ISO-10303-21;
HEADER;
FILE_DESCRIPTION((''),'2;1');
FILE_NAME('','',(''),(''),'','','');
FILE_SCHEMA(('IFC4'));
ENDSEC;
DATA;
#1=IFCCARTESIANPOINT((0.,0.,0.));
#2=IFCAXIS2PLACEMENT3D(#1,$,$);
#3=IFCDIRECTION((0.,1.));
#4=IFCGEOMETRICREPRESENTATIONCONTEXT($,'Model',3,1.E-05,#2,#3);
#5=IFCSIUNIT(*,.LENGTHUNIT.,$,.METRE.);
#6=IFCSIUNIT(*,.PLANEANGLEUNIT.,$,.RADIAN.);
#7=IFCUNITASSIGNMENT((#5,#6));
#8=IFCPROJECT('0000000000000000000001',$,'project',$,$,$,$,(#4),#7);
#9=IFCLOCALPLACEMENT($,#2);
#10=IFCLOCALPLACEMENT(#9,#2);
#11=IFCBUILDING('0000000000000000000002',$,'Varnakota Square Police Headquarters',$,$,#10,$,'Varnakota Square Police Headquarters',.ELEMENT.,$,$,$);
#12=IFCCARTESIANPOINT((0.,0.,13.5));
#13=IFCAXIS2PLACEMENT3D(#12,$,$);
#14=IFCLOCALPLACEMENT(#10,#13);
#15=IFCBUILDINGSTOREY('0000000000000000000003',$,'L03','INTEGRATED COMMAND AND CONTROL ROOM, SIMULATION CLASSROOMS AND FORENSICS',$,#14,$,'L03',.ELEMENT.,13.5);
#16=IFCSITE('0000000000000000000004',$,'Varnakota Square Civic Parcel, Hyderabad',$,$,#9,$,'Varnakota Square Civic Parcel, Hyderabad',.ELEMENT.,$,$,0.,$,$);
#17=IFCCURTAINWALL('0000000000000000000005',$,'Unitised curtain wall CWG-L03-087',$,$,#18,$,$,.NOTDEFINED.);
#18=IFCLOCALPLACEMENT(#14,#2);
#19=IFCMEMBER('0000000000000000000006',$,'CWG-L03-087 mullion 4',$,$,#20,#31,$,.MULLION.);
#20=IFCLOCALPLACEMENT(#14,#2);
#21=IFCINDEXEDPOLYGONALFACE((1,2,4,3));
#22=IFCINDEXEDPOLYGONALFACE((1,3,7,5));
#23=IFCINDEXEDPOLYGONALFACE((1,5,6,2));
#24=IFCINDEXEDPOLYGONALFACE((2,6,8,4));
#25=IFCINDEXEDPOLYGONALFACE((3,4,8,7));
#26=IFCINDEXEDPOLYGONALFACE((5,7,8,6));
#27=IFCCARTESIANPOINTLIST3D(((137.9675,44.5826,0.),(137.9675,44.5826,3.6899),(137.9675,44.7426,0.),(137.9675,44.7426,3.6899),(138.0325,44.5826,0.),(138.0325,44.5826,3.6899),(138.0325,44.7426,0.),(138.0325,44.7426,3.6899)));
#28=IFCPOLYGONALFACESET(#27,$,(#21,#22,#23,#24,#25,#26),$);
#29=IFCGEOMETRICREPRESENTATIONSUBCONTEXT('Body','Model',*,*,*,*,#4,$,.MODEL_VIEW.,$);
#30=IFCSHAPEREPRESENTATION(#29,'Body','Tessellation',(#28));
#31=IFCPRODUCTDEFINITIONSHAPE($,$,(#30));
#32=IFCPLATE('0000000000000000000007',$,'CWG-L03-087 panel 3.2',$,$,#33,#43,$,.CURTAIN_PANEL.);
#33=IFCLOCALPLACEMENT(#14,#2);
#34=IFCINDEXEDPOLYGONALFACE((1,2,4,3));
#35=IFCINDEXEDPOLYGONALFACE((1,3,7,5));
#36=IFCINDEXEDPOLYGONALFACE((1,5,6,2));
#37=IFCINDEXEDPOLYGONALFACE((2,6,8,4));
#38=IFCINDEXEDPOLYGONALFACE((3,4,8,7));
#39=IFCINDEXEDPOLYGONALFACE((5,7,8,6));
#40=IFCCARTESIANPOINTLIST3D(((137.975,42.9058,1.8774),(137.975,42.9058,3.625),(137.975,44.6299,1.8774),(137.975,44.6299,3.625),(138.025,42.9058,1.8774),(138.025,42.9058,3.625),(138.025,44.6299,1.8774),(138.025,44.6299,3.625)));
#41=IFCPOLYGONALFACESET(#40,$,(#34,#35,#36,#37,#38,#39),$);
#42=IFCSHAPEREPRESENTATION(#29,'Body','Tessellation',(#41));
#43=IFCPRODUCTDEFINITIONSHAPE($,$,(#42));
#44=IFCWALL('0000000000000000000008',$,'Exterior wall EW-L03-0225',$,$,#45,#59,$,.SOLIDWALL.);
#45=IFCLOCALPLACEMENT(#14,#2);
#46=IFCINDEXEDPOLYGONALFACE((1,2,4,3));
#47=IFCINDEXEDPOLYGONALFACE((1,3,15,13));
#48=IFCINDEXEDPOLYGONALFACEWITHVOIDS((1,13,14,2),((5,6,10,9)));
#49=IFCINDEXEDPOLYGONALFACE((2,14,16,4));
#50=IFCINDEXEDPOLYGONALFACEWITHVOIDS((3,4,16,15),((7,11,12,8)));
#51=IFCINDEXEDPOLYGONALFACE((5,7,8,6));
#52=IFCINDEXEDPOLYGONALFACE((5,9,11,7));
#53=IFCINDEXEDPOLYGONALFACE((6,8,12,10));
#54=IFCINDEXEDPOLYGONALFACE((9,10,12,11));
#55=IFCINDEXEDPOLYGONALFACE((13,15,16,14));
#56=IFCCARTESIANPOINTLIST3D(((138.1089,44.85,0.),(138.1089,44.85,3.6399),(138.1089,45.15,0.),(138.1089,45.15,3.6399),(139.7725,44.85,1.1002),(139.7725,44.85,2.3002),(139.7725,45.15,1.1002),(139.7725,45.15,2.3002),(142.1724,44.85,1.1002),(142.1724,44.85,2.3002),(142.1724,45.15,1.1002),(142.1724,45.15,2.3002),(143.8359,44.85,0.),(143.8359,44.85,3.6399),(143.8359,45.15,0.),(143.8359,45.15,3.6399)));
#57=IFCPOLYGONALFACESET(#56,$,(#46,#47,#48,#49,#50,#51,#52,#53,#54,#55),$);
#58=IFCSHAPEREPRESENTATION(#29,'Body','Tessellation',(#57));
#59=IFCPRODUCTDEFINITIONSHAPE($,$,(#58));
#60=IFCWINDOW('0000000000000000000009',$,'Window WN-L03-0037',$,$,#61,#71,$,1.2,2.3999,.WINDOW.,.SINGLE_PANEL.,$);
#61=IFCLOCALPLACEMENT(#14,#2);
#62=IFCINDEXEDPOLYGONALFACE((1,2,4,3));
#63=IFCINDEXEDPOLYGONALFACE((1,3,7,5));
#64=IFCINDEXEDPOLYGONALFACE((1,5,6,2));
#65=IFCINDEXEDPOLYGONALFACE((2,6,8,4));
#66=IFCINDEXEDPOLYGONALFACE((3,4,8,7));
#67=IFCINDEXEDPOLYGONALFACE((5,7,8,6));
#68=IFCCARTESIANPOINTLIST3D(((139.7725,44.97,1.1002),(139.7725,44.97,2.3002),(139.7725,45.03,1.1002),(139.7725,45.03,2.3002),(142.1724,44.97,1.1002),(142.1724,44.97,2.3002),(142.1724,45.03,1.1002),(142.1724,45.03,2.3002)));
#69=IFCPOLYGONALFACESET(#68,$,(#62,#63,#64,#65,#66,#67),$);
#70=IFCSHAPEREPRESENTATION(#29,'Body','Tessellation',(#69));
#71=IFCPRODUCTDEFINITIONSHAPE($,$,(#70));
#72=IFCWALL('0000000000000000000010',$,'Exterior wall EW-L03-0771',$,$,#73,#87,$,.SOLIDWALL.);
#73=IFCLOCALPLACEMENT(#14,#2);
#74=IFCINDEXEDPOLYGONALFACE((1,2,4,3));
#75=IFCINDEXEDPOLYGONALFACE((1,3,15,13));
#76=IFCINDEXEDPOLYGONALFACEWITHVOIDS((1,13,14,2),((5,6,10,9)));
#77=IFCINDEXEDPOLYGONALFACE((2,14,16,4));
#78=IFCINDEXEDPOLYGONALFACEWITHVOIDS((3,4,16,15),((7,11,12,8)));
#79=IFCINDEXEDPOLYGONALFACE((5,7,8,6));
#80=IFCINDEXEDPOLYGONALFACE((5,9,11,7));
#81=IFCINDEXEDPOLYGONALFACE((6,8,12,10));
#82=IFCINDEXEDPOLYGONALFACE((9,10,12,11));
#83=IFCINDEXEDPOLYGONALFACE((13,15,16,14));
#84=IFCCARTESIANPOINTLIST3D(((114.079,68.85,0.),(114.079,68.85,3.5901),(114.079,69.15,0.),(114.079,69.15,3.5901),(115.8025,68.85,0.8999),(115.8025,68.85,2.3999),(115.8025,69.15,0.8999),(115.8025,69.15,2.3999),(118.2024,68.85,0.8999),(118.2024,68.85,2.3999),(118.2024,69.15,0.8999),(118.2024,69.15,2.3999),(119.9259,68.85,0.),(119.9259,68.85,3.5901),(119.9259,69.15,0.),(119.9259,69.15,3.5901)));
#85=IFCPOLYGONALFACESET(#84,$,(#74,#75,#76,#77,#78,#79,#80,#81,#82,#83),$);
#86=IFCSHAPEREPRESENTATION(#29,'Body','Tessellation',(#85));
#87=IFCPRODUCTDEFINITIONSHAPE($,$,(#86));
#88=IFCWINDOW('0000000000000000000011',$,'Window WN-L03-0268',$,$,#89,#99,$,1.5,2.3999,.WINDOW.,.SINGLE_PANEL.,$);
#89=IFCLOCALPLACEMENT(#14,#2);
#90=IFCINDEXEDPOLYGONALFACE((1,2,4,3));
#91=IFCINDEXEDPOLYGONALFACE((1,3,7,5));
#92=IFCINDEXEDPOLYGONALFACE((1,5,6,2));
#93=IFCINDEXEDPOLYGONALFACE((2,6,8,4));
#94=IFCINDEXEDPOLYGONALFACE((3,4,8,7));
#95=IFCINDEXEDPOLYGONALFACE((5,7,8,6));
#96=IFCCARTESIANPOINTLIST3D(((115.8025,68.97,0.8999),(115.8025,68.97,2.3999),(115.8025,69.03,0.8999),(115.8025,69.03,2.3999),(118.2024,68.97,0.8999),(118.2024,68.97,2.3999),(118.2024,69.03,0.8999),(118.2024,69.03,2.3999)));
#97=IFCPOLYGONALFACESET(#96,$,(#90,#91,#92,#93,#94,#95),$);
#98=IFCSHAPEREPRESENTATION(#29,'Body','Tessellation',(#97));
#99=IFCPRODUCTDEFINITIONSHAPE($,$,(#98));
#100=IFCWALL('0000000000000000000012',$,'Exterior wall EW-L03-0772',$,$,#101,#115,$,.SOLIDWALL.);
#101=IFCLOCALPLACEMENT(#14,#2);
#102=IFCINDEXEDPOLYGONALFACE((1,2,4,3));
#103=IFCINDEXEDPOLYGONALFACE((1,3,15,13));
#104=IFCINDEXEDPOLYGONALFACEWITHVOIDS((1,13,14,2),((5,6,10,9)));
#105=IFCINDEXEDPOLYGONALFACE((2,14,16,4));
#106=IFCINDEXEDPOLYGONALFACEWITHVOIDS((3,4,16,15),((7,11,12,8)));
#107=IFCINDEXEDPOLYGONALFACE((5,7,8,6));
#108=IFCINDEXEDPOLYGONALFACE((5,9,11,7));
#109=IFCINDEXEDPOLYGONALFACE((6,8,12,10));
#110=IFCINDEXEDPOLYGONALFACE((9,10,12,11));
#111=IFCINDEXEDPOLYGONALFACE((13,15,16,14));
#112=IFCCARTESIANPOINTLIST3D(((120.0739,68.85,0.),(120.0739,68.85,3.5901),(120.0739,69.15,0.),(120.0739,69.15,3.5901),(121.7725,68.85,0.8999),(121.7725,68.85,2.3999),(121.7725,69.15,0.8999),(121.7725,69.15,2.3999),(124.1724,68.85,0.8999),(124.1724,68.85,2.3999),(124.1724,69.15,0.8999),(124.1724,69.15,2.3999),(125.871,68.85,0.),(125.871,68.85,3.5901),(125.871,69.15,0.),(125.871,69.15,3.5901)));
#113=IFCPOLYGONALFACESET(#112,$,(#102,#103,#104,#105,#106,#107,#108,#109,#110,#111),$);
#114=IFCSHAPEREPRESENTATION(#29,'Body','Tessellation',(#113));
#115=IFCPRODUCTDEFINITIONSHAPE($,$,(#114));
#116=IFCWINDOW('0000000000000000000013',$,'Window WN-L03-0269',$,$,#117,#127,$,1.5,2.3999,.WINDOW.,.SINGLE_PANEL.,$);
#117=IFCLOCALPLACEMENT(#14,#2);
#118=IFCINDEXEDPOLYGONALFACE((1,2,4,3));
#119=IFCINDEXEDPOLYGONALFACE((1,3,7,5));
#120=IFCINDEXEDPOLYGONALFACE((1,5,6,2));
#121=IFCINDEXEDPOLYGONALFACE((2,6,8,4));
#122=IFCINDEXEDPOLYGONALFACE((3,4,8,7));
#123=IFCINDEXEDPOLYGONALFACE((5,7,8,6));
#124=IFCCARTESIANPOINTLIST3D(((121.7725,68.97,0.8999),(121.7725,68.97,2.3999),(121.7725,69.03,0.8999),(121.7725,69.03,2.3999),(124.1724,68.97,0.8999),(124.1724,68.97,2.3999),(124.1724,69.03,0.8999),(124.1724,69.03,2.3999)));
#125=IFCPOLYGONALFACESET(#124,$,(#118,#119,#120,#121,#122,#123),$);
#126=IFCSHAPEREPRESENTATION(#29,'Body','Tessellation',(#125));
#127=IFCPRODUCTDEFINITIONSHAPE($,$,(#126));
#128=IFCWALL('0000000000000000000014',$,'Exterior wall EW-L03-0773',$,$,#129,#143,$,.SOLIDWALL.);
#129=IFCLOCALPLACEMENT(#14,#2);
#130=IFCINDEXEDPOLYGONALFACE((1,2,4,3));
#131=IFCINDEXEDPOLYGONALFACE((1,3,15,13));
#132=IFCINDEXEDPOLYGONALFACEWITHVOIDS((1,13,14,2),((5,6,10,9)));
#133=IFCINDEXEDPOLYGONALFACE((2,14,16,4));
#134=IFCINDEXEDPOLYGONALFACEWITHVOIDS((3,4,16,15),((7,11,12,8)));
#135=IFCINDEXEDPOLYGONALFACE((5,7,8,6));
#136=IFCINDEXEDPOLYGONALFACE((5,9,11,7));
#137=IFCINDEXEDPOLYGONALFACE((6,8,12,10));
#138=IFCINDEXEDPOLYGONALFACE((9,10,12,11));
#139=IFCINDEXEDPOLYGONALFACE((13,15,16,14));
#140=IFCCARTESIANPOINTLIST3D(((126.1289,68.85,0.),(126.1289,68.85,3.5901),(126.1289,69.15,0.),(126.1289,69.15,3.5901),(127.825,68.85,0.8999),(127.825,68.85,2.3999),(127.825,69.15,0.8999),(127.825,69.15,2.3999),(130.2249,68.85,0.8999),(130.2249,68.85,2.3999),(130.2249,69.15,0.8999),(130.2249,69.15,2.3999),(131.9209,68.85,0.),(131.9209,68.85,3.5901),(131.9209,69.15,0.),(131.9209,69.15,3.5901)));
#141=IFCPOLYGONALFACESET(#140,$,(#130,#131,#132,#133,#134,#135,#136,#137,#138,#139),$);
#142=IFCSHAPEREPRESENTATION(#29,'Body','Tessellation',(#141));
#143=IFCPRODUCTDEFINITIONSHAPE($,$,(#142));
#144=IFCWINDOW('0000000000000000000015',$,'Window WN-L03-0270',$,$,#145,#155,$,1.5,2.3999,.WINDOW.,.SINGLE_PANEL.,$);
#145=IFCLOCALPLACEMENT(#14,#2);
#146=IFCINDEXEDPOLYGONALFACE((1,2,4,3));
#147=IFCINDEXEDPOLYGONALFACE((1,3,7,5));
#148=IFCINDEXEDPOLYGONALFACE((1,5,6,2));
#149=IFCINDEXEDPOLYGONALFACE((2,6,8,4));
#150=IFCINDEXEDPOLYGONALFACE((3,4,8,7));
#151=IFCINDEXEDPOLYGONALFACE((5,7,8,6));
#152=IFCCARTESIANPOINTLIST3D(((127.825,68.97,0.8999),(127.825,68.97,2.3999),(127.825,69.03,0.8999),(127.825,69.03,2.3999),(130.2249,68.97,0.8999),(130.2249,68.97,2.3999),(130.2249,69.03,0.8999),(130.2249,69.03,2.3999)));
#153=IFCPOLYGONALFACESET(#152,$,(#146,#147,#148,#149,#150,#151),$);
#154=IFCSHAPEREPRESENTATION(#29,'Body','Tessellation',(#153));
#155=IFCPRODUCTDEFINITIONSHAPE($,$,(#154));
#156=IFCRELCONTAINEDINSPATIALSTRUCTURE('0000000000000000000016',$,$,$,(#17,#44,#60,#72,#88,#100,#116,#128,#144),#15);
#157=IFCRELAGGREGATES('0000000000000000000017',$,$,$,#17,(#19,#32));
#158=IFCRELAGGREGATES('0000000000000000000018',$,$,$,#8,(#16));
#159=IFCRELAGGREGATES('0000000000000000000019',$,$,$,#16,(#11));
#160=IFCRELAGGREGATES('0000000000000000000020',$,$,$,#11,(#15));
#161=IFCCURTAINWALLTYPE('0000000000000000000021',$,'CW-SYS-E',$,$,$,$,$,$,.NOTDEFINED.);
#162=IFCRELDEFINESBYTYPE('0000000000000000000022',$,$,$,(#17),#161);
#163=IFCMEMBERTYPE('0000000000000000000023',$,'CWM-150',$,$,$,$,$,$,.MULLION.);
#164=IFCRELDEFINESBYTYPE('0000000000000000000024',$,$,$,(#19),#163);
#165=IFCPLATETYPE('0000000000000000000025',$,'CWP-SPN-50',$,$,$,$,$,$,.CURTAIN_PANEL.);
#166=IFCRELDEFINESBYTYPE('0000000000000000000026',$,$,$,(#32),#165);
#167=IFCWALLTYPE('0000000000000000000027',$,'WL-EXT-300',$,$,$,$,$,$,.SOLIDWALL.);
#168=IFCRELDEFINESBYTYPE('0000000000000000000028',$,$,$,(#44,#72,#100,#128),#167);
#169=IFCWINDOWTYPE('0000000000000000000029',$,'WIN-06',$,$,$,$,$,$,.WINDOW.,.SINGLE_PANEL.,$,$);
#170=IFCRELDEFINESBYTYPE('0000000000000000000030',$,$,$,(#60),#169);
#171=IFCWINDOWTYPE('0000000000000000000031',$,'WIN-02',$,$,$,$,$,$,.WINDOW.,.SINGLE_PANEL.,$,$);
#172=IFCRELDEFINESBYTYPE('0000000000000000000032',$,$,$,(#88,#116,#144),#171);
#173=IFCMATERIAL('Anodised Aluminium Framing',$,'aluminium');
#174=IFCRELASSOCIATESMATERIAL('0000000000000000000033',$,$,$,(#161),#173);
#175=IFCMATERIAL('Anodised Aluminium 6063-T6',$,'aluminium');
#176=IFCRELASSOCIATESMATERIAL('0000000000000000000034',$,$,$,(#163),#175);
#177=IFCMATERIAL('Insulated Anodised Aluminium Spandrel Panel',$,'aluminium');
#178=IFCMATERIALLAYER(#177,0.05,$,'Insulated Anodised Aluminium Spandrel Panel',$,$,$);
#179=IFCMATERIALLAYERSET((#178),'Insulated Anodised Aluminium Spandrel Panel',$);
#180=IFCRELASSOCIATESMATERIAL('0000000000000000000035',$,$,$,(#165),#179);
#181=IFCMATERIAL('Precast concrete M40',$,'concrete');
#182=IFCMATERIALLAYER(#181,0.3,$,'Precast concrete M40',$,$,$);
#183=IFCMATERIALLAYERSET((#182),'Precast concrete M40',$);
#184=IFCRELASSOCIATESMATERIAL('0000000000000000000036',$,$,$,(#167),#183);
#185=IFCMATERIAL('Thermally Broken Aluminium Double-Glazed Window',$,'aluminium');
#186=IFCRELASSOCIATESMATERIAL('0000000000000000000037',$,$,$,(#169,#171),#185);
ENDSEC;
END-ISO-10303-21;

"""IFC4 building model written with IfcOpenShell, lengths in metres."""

from ifc_helpers import new_model, si_unit, direction, frame, frame_2d, origin, origin_2d, place, context, subcontext, project, spatial, rectangle, extrude, material, layer, layer_set, material_profile, profile_set, type_object, element, fill, aggregate, save


model = new_model("IFC4")

# Units and contexts
model_context = context("Model", 3, precision=1e-05, world=origin(), true_north=direction((0.0, 1.0)))
body_context = subcontext(model_context, "Body", "Model", "MODEL_VIEW")
ifc_project = project(units=[si_unit("LENGTHUNIT", "METRE"), si_unit("PLANEANGLEUNIT", "RADIAN")], contexts=[model_context])

# Site, building, storey
site_placement = place(None, origin())
site = spatial("IfcSite", under=ifc_project, at=site_placement, Name="Varnakota Square Civic Parcel, Hyderabad", LongName="Varnakota Square Civic Parcel, Hyderabad", CompositionType="ELEMENT", RefElevation=0.0)
building_placement = place(site_placement, origin())
building = spatial("IfcBuilding", under=site, at=building_placement, Name="Varnakota Square Police Headquarters", LongName="Varnakota Square Police Headquarters", CompositionType="ELEMENT")
storey_placement = place(building_placement, frame((0.0, 0.0, 13.5)))
storey = spatial("IfcBuildingStorey", under=building, at=storey_placement, Name="L03", Description="INTEGRATED COMMAND AND CONTROL ROOM, SIMULATION CLASSROOMS AND FORENSICS", LongName="L03", CompositionType="ELEMENT", Elevation=13.5)

# Curtain wall, member, plate
ifc_material_1 = material(Name="Anodised Aluminium Framing", Category="aluminium")
curtain_wall_type = type_object("IfcCurtainWallType", Name="CW-SYS-E", PredefinedType="NOTDEFINED", material=ifc_material_1)
curtain_wall_placement = place(storey_placement, origin())
curtain_wall = element("IfcCurtainWall", 1, at=curtain_wall_placement, inside=storey, type_object=curtain_wall_type, Name="Unitised curtain wall CWG-L03-087", PredefinedType="NOTDEFINED")
ifc_material_2 = material(Name="Anodised Aluminium 6063-T6", Category="aluminium")
ifc_material_profile_1 = material_profile(ifc_material_2, rectangle(XDim=0.0649, YDim=0.1599, at=origin_2d()), Name="ALU MULLION 65x160")
ifc_profile_set_1 = profile_set([ifc_material_profile_1], Name="Anodised Aluminium 6063-T6")
member_type = type_object("IfcMemberType", Name="CWM-150", PredefinedType="MULLION", material=ifc_profile_set_1)
member_placement = place(storey_placement, frame((138.0, 44.6626, 0.0), z_axis=(0.0, 0.0, 1.0), x_axis=(-1.0, 0.0, 0.0)))
member = element("IfcMember", 2, at=member_placement, type_object=member_type, Name="CWG-L03-087 mullion 4", PredefinedType="MULLION", context=body_context, shape_type="SweptSolid", body=[
    extrude(rectangle(XDim=0.0649, YDim=0.1599, at=origin_2d()), origin(), (0.0, 0.0, 1.0), 3.6899),
])
ifc_material_3 = material(Name="Insulated Anodised Aluminium Spandrel Panel", Category="aluminium")
ifc_layer_1 = layer(ifc_material_3, 0.05, Name="Insulated Anodised Aluminium Spandrel Panel")
ifc_layer_set_1 = layer_set([ifc_layer_1], Name="Insulated Anodised Aluminium Spandrel Panel")
plate_type = type_object("IfcPlateType", Name="CWP-SPN-50", PredefinedType="CURTAIN_PANEL", material=ifc_layer_set_1)
plate_placement = place(storey_placement, frame((138.0, 43.7678, 1.8774), z_axis=(0.0, 0.0, 1.0), x_axis=(0.0, 1.0, 0.0)))
plate = element("IfcPlate", 3, at=plate_placement, type_object=plate_type, Name="CWG-L03-087 panel 3.2", PredefinedType="CURTAIN_PANEL", context=body_context, shape_type="SweptSolid", body=[
    extrude(rectangle(XDim=1.7241, YDim=0.05, at=origin_2d()), origin(), (0.0, 0.0, 1.0), 1.7476),
])
aggregate(curtain_wall, [member, plate])

# Walls, openings, windows
ifc_material_4 = material(Name="Precast concrete M40", Category="concrete")
ifc_layer_2 = layer(ifc_material_4, 0.3, Name="Precast concrete M40")
ifc_layer_set_2 = layer_set([ifc_layer_2], Name="Precast concrete M40")
wall_type = type_object("IfcWallType", Name="WL-EXT-300", PredefinedType="SOLIDWALL", material=ifc_layer_set_2)
wall_1_placement = place(storey_placement, frame((138.1089, 45.0, 0.0), z_axis=(0.0, 0.0, 1.0), x_axis=(1.0, 0.0, 0.0)))
wall_1 = element("IfcWall", 4, at=wall_1_placement, inside=storey, type_object=wall_type, Name="Exterior wall EW-L03-0225", PredefinedType="SOLIDWALL", context=body_context, shape_type="SweptSolid", body=[
    extrude(rectangle(XDim=5.7271, YDim=0.3, at=frame_2d((2.8635, 0.0))), origin(), (0.0, 0.0, 1.0), 3.6399),
])
opening_1_placement = place(wall_1_placement, frame((1.6636, 0.0, 1.1001)))
opening_1 = element("IfcOpeningElement", 5, at=opening_1_placement, cuts=wall_1, PredefinedType="OPENING", context=body_context, shape_type="SweptSolid", body=[
    extrude(rectangle(XDim=2.3999, YDim=1.2, at=frame_2d((1.2, 0.6001))), frame((0.0, 0.1599, 0.0), z_axis=(0.0, -1.0, 0.0), x_axis=(1.0, 0.0, 0.0)), (0.0, 0.0, 1.0), 0.3201),
])
ifc_material_5 = material(Name="Thermally Broken Aluminium Double-Glazed Window", Category="aluminium")
window_type_1 = type_object("IfcWindowType", Name="WIN-06", PartitioningType="SINGLE_PANEL", PredefinedType="WINDOW", material=ifc_material_5)
window_1_placement = place(opening_1_placement, origin())
window_1 = element("IfcWindow", 6, at=window_1_placement, inside=storey, type_object=window_type_1, Name="Window WN-L03-0037", OverallHeight=1.2, OverallWidth=2.3999, PartitioningType="SINGLE_PANEL", PredefinedType="WINDOW", context=body_context, shape_type="SweptSolid", body=[
    extrude(rectangle(XDim=2.3999, YDim=1.2, at=frame_2d((1.2, 0.6001))), frame((0.0, 0.03, 0.0), z_axis=(0.0, -1.0, 0.0), x_axis=(1.0, 0.0, 0.0)), (0.0, 0.0, 1.0), 0.0601),
])
fill(opening_1, window_1)
wall_2_placement = place(storey_placement, frame((114.0791, 69.0, 0.0), z_axis=(0.0, 0.0, 1.0), x_axis=(1.0, 0.0, 0.0)))
wall_2 = element("IfcWall", 7, at=wall_2_placement, inside=storey, type_object=wall_type, Name="Exterior wall EW-L03-0771", PredefinedType="SOLIDWALL", context=body_context, shape_type="SweptSolid", body=[
    extrude(rectangle(XDim=5.8469, YDim=0.3, at=frame_2d((2.9233, 0.0))), origin(), (0.0, 0.0, 1.0), 3.5901),
])
opening_2_placement = place(wall_2_placement, frame((1.7234, 0.0, 0.8999)))
opening_2 = element("IfcOpeningElement", 8, at=opening_2_placement, cuts=wall_2, PredefinedType="OPENING", context=body_context, shape_type="SweptSolid", body=[
    extrude(rectangle(XDim=2.3999, YDim=1.5, at=frame_2d((1.2, 0.75))), frame((0.0, 0.1599, 0.0), z_axis=(0.0, -1.0, 0.0), x_axis=(1.0, 0.0, 0.0)), (0.0, 0.0, 1.0), 0.3201),
])
window_type_2 = type_object("IfcWindowType", Name="WIN-02", PartitioningType="SINGLE_PANEL", PredefinedType="WINDOW", material=ifc_material_5)
window_2_placement = place(opening_2_placement, origin())
window_2 = element("IfcWindow", 9, at=window_2_placement, inside=storey, type_object=window_type_2, Name="Window WN-L03-0268", OverallHeight=1.5, OverallWidth=2.3999, PartitioningType="SINGLE_PANEL", PredefinedType="WINDOW", context=body_context, shape_type="SweptSolid", body=[
    extrude(rectangle(XDim=2.3999, YDim=1.5, at=frame_2d((1.2, 0.75))), frame((0.0, 0.03, 0.0), z_axis=(0.0, -1.0, 0.0), x_axis=(1.0, 0.0, 0.0)), (0.0, 0.0, 1.0), 0.0601),
])
fill(opening_2, window_2)
wall_3_placement = place(storey_placement, frame((120.074, 69.0, 0.0), z_axis=(0.0, 0.0, 1.0), x_axis=(1.0, 0.0, 0.0)))
wall_3 = element("IfcWall", 10, at=wall_3_placement, inside=storey, type_object=wall_type, Name="Exterior wall EW-L03-0772", PredefinedType="SOLIDWALL", context=body_context, shape_type="SweptSolid", body=[
    extrude(rectangle(XDim=5.7971, YDim=0.3, at=frame_2d((2.8984, 0.0))), origin(), (0.0, 0.0, 1.0), 3.5901),
])
opening_3_placement = place(wall_3_placement, frame((1.6985, 0.0, 0.8999)))
opening_3 = element("IfcOpeningElement", 11, at=opening_3_placement, cuts=wall_3, PredefinedType="OPENING", context=body_context, shape_type="SweptSolid", body=[
    extrude(rectangle(XDim=2.3999, YDim=1.5, at=frame_2d((1.2, 0.75))), frame((0.0, 0.1599, 0.0), z_axis=(0.0, -1.0, 0.0), x_axis=(1.0, 0.0, 0.0)), (0.0, 0.0, 1.0), 0.3201),
])
window_3_placement = place(opening_3_placement, origin())
window_3 = element("IfcWindow", 12, at=window_3_placement, inside=storey, type_object=window_type_2, Name="Window WN-L03-0269", OverallHeight=1.5, OverallWidth=2.3999, PartitioningType="SINGLE_PANEL", PredefinedType="WINDOW", context=body_context, shape_type="SweptSolid", body=[
    extrude(rectangle(XDim=2.3999, YDim=1.5, at=frame_2d((1.2, 0.75))), frame((0.0, 0.03, 0.0), z_axis=(0.0, -1.0, 0.0), x_axis=(1.0, 0.0, 0.0)), (0.0, 0.0, 1.0), 0.0601),
])
fill(opening_3, window_3)
wall_4_placement = place(storey_placement, frame((126.1289, 69.0, 0.0), z_axis=(0.0, 0.0, 1.0), x_axis=(1.0, 0.0, 0.0)))
wall_4 = element("IfcWall", 13, at=wall_4_placement, inside=storey, type_object=wall_type, Name="Exterior wall EW-L03-0773", PredefinedType="SOLIDWALL", context=body_context, shape_type="SweptSolid", body=[
    extrude(rectangle(XDim=5.792, YDim=0.3, at=frame_2d((2.896, 0.0))), origin(), (0.0, 0.0, 1.0), 3.5901),
])
opening_4_placement = place(wall_4_placement, frame((1.696, 0.0, 0.8999)))
opening_4 = element("IfcOpeningElement", 14, at=opening_4_placement, cuts=wall_4, PredefinedType="OPENING", context=body_context, shape_type="SweptSolid", body=[
    extrude(rectangle(XDim=2.3999, YDim=1.5, at=frame_2d((1.2, 0.75))), frame((0.0, 0.1599, 0.0), z_axis=(0.0, -1.0, 0.0), x_axis=(1.0, 0.0, 0.0)), (0.0, 0.0, 1.0), 0.3201),
])
window_4_placement = place(opening_4_placement, origin())
window_4 = element("IfcWindow", 15, at=window_4_placement, inside=storey, type_object=window_type_2, Name="Window WN-L03-0270", OverallHeight=1.5, OverallWidth=2.3999, PartitioningType="SINGLE_PANEL", PredefinedType="WINDOW", context=body_context, shape_type="SweptSolid", body=[
    extrude(rectangle(XDim=2.3999, YDim=1.5, at=frame_2d((1.2, 0.75))), frame((0.0, 0.03, 0.0), z_axis=(0.0, -1.0, 0.0), x_axis=(1.0, 0.0, 0.0)), (0.0, 0.0, 1.0), 0.0601),
])
fill(opening_4, window_4)

save(model, "model.ifc")
